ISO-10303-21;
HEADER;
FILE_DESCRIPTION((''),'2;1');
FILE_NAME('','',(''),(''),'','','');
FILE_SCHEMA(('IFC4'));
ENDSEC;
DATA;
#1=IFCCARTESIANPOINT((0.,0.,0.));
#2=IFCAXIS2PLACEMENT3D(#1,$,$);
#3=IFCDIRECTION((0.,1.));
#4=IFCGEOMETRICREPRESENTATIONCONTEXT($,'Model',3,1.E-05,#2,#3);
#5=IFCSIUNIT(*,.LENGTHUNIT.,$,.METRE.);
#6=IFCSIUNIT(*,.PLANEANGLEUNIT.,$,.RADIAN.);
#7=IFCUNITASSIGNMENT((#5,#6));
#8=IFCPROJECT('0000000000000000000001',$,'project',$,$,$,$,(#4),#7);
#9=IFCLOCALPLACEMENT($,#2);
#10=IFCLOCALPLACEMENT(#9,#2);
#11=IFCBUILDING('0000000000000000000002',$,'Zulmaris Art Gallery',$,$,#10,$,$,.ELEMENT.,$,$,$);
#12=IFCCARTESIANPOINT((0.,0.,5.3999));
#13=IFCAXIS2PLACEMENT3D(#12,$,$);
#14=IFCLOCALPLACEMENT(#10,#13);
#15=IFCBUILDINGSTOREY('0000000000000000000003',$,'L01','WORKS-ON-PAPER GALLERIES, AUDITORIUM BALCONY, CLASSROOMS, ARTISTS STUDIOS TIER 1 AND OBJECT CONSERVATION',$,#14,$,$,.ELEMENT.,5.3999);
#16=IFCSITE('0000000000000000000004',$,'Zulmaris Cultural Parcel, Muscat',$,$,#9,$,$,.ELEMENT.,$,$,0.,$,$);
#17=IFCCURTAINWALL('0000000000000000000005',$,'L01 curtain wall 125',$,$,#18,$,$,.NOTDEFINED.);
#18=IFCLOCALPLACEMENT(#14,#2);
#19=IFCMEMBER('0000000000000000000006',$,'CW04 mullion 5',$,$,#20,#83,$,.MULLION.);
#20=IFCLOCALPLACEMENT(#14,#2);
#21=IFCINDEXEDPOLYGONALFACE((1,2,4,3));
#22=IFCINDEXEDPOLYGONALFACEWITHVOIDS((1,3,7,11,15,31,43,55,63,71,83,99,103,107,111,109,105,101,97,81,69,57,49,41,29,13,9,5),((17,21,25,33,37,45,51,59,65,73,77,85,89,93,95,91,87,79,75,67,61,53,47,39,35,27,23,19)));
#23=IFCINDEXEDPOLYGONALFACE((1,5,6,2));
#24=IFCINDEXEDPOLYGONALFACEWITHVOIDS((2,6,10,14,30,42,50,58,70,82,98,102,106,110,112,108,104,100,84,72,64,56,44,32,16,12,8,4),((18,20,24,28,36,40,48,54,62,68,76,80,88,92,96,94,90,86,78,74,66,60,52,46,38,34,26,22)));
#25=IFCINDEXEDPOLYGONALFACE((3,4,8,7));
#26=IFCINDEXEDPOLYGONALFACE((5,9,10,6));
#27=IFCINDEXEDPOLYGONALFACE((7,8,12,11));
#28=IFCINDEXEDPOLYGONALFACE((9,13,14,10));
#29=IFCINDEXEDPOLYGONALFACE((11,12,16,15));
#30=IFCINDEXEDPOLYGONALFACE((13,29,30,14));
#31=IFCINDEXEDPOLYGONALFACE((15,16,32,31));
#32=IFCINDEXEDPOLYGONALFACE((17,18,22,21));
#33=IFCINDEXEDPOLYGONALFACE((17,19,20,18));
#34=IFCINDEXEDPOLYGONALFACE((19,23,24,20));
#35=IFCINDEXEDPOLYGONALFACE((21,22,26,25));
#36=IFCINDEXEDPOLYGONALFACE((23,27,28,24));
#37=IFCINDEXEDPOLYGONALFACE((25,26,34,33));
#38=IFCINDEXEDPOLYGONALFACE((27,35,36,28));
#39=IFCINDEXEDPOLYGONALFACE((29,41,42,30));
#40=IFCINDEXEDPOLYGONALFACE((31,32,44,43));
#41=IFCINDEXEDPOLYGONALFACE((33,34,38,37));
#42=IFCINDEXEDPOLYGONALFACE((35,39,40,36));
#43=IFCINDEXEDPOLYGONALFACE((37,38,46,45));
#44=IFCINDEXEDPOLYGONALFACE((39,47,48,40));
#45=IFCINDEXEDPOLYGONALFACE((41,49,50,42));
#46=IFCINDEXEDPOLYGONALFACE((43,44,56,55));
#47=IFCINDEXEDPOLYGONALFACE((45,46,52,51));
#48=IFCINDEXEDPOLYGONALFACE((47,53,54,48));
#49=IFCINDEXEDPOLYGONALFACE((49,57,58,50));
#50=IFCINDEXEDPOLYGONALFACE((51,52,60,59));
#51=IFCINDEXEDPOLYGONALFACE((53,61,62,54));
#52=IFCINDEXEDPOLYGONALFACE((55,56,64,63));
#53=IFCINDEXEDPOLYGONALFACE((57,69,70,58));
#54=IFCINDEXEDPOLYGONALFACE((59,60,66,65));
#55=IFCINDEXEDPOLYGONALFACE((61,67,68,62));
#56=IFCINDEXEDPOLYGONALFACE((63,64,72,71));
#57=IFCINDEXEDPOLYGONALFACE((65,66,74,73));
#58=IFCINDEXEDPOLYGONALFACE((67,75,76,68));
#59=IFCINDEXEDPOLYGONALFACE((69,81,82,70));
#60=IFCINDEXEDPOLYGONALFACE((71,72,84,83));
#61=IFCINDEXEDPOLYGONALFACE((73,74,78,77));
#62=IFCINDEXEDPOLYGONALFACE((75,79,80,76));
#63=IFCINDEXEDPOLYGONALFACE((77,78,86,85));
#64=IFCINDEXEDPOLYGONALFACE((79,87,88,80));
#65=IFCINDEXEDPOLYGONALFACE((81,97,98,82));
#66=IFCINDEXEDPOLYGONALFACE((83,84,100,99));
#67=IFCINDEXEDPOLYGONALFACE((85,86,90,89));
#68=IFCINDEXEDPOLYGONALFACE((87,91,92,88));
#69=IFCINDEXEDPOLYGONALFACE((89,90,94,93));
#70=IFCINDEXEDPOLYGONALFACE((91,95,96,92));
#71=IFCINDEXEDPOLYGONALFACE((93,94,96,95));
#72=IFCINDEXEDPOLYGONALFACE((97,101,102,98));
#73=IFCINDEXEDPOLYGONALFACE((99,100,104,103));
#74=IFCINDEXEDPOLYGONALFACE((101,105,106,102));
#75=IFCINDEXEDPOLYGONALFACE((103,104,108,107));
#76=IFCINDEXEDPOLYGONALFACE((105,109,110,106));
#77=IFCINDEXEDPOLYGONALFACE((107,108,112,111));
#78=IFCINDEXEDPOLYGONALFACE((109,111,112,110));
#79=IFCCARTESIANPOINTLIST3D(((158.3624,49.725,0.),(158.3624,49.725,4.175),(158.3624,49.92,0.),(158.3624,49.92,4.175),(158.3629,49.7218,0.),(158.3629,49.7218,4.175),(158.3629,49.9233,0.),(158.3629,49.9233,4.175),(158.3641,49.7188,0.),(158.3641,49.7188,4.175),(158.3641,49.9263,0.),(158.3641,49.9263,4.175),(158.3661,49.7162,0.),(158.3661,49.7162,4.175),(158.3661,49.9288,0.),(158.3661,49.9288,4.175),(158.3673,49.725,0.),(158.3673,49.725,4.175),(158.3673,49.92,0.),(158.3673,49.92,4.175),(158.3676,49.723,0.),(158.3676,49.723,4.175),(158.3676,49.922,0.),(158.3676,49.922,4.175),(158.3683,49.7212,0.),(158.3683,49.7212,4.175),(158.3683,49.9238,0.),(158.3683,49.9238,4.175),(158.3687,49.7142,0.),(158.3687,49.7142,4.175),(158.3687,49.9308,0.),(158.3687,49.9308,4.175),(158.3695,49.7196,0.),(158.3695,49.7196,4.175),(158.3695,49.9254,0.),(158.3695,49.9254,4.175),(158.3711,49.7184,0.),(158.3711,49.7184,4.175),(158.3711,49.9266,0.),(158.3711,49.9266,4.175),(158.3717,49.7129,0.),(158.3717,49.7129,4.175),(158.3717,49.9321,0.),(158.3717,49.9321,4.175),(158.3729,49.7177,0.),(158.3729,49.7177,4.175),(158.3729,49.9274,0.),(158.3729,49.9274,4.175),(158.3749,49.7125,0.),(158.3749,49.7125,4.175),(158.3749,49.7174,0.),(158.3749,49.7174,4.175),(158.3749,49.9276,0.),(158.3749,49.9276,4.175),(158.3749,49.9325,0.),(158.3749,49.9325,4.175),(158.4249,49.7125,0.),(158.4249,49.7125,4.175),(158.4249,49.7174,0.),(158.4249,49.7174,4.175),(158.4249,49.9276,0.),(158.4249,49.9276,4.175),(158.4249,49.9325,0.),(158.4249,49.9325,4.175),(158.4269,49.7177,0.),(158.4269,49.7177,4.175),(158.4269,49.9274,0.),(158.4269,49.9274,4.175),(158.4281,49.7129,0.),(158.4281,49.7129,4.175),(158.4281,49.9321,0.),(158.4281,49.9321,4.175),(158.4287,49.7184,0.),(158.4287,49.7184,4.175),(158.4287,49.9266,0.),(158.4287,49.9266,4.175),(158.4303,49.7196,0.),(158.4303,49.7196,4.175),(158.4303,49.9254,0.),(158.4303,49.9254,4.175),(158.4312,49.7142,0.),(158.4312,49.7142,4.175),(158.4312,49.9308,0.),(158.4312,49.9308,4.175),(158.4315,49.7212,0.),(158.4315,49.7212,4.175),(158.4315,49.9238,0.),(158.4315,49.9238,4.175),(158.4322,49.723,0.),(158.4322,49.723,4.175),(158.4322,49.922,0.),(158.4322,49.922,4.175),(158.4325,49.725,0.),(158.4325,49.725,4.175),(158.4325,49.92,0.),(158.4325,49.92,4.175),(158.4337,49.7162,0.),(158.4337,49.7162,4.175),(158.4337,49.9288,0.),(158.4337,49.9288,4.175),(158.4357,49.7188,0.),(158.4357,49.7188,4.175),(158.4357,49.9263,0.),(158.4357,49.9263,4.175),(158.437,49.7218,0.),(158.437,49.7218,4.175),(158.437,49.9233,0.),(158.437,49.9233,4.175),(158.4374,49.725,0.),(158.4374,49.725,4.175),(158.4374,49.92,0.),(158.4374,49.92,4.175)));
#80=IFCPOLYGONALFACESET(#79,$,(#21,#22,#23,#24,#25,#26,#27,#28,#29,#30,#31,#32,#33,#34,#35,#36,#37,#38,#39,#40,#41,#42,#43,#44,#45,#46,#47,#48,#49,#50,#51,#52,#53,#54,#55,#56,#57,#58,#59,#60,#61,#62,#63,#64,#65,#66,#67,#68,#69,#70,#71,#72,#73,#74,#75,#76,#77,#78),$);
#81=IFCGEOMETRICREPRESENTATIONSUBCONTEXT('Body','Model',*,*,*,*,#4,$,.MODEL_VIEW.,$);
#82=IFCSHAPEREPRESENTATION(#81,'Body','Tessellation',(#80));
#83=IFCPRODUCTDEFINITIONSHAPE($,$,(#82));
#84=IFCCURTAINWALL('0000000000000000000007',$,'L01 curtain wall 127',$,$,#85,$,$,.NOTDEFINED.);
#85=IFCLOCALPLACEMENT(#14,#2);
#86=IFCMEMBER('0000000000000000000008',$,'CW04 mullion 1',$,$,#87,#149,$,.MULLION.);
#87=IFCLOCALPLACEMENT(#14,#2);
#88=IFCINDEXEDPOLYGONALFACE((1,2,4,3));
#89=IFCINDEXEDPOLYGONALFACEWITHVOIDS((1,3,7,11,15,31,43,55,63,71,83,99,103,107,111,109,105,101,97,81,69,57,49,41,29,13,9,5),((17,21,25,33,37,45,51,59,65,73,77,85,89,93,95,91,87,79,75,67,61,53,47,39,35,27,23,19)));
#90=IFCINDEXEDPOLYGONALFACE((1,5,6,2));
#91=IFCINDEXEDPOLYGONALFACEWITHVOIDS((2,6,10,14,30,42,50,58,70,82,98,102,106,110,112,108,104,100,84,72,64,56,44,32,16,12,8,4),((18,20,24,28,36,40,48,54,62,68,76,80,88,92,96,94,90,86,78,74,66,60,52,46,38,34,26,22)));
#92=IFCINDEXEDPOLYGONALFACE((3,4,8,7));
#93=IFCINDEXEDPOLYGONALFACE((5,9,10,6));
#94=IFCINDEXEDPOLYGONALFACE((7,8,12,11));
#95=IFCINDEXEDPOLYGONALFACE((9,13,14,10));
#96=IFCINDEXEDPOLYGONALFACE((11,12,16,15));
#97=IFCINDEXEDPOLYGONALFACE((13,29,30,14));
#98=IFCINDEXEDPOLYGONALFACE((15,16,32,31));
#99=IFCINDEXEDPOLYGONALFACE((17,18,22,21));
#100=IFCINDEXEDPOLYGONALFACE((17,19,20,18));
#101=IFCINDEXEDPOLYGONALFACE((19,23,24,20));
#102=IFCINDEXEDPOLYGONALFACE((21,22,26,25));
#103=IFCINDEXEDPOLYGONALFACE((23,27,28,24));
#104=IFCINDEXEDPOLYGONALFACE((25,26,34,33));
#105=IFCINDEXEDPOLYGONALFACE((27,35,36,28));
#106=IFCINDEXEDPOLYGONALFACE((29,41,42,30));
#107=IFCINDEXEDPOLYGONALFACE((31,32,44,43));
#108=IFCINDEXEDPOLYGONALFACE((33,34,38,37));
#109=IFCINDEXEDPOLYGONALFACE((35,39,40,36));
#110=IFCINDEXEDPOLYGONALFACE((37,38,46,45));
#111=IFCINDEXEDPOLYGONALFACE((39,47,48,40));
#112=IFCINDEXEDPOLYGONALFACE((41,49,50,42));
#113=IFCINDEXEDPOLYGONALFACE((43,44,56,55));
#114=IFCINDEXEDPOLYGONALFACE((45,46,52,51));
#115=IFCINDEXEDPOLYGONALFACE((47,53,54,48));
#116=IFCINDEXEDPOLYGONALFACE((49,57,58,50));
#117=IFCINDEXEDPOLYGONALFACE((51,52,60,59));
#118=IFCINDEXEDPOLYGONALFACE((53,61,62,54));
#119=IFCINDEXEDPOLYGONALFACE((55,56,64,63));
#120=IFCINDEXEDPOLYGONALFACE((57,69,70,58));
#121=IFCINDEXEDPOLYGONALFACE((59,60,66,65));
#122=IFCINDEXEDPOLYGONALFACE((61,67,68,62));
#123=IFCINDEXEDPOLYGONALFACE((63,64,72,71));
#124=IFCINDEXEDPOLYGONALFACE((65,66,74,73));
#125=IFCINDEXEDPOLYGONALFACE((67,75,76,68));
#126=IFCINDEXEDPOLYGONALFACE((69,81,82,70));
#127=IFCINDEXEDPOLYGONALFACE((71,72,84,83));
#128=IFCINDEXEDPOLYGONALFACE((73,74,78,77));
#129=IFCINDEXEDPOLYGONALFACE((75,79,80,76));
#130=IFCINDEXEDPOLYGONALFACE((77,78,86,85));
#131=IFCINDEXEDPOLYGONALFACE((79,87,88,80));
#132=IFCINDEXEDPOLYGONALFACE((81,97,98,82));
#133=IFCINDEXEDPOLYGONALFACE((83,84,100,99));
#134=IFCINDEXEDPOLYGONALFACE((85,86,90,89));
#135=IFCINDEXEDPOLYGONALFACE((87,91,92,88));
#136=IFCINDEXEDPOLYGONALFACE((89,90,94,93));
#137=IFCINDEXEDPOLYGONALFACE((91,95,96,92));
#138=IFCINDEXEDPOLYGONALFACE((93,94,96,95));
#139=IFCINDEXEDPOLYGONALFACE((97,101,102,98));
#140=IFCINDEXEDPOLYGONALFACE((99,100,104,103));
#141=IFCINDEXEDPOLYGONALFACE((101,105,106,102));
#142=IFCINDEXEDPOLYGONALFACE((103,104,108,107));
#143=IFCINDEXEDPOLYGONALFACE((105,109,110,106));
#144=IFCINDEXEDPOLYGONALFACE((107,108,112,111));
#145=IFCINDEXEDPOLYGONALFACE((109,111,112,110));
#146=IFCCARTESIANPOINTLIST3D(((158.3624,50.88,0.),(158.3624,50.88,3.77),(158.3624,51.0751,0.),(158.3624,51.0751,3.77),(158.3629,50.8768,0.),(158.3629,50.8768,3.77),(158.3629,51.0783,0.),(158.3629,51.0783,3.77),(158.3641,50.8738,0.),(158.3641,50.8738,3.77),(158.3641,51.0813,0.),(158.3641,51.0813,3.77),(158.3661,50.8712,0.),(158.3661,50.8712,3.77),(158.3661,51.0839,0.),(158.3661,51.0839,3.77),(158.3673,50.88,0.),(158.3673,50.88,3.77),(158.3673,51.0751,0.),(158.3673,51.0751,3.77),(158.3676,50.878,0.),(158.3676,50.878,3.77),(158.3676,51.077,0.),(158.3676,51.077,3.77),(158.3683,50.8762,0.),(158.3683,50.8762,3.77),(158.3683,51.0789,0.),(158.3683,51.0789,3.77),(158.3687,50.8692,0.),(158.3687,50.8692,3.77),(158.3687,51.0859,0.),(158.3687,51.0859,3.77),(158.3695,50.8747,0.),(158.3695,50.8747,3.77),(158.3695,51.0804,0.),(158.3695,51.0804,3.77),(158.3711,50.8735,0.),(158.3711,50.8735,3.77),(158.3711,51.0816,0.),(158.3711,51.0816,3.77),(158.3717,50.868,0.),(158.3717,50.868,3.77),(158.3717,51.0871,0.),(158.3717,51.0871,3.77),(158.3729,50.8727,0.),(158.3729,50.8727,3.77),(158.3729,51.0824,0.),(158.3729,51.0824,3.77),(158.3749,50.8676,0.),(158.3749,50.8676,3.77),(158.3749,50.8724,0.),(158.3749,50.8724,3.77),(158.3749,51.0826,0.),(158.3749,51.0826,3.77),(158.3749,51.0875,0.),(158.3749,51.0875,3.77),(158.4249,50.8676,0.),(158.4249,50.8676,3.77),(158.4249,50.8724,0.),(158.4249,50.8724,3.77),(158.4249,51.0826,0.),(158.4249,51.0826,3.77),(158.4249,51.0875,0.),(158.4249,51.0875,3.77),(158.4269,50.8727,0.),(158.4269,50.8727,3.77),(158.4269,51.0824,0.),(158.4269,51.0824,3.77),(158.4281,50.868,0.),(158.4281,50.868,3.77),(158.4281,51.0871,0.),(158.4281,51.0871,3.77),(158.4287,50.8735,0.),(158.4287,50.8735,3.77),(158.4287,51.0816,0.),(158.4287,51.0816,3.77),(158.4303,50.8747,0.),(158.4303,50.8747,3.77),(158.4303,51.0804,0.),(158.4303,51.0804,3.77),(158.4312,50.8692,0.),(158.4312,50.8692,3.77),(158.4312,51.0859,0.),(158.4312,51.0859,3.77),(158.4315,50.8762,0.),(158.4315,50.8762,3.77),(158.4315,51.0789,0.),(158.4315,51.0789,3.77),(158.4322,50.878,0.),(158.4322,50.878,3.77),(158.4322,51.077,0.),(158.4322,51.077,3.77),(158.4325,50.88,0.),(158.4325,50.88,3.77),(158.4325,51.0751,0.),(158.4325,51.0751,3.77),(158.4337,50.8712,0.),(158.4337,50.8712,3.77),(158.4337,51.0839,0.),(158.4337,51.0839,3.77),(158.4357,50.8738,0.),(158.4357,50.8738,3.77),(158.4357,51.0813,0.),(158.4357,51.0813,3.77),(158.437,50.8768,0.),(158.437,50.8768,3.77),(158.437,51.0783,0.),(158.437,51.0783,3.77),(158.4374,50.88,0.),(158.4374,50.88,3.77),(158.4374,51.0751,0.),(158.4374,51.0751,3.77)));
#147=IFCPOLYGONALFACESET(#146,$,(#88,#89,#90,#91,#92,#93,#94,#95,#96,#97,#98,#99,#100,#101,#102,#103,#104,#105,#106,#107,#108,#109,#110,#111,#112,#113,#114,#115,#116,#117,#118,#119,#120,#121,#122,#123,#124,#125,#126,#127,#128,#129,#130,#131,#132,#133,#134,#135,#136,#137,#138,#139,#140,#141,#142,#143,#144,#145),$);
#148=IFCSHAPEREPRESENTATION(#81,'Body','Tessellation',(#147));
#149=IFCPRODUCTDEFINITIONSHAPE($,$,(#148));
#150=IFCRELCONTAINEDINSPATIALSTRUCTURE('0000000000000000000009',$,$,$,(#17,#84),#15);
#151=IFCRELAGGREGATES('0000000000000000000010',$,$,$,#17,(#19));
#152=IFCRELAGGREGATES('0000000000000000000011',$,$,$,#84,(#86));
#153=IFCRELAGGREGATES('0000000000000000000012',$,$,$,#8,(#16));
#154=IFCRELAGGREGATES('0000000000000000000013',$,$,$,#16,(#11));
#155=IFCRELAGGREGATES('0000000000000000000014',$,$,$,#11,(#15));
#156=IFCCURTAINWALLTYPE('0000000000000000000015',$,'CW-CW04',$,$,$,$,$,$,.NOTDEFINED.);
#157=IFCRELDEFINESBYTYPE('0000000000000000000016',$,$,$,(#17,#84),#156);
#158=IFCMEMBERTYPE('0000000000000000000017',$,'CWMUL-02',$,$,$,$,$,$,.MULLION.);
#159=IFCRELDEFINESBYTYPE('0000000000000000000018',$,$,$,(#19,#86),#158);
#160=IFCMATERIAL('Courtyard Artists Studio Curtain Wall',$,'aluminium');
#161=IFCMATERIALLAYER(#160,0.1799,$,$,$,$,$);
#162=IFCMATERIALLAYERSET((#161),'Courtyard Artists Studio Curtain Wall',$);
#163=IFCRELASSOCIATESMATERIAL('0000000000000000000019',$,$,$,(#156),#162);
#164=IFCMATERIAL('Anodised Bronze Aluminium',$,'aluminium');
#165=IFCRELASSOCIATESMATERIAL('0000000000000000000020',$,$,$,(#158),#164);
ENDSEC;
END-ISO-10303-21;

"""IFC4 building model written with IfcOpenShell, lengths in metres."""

from ifc_helpers import new_model, si_unit, direction, frame, origin, origin_2d, place, context, subcontext, project, spatial, hollow_rectangle, extrude, material, layer, layer_set, material_profile, profile_set, type_object, element, aggregate, save


model = new_model("IFC4")

# Units and contexts
model_context = context("Model", 3, precision=1e-05, world=origin(), true_north=direction((0.0, 1.0)))
body_context = subcontext(model_context, "Body", "Model", "MODEL_VIEW")
ifc_project = project(units=[si_unit("LENGTHUNIT", "METRE"), si_unit("PLANEANGLEUNIT", "RADIAN")], contexts=[model_context])

# Site, building, storey
site_placement = place(None, origin())
site = spatial("IfcSite", under=ifc_project, at=site_placement, Name="Zulmaris Cultural Parcel, Muscat", CompositionType="ELEMENT", RefElevation=0.0)
building_placement = place(site_placement, origin())
building = spatial("IfcBuilding", under=site, at=building_placement, Name="Zulmaris Art Gallery", CompositionType="ELEMENT")
storey_placement = place(building_placement, frame((0.0, 0.0, 5.3999)))
storey = spatial("IfcBuildingStorey", under=building, at=storey_placement, Name="L01", Description="WORKS-ON-PAPER GALLERIES, AUDITORIUM BALCONY, CLASSROOMS, ARTISTS STUDIOS TIER 1 AND OBJECT CONSERVATION", CompositionType="ELEMENT", Elevation=5.3999)

# Curtain walls, members
ifc_material_1 = material(Name="Courtyard Artists Studio Curtain Wall", Category="aluminium")
ifc_layer_1 = layer(ifc_material_1, 0.1799)
ifc_layer_set_1 = layer_set([ifc_layer_1], Name="Courtyard Artists Studio Curtain Wall")
curtain_wall_type = type_object("IfcCurtainWallType", Name="CW-CW04", PredefinedType="NOTDEFINED", material=ifc_layer_set_1)
curtain_wall_1_placement = place(storey_placement, origin())
curtain_wall_1 = element("IfcCurtainWall", 1, at=curtain_wall_1_placement, inside=storey, type_object=curtain_wall_type, Name="L01 curtain wall 125", PredefinedType="NOTDEFINED")
ifc_material_2 = material(Name="Anodised Bronze Aluminium", Category="aluminium")
ifc_material_profile_1 = material_profile(ifc_material_2, hollow_rectangle(XDim=0.075, YDim=0.22, WallThickness=0.0049, InnerFilletRadius=0.0076, OuterFilletRadius=0.0125, at=origin_2d()), Name="ALU 75x220x5")
ifc_profile_set_1 = profile_set([ifc_material_profile_1], Name="Anodised Bronze Aluminium")
member_type_1 = type_object("IfcMemberType", Name="CWMUL-02", PredefinedType="MULLION", material=ifc_profile_set_1)
member_1_placement = place(storey_placement, frame((158.3999, 49.8225, 0.0), z_axis=(0.0, 0.0, 1.0), x_axis=(-1.0, 0.0, 0.0)))
member_1 = element("IfcMember", 2, at=member_1_placement, type_object=member_type_1, Name="CW04 mullion 5", PredefinedType="MULLION", context=body_context, shape_type="SweptSolid", body=[
    extrude(hollow_rectangle(XDim=0.075, YDim=0.22, WallThickness=0.0049, InnerFilletRadius=0.0076, OuterFilletRadius=0.0125, at=origin_2d()), origin(), (0.0, 0.0, 1.0), 4.175),
])
curtain_wall_2_placement = place(storey_placement, origin())
curtain_wall_2 = element("IfcCurtainWall", 3, at=curtain_wall_2_placement, inside=storey, type_object=curtain_wall_type, Name="L01 curtain wall 127", PredefinedType="NOTDEFINED")
member_2_placement = place(storey_placement, frame((158.3999, 50.9775, 0.0), z_axis=(0.0, 0.0, 1.0), x_axis=(-1.0, 0.0, 0.0)))
member_2 = element("IfcMember", 4, at=member_2_placement, type_object=member_type_1, Name="CW04 mullion 1", PredefinedType="MULLION", context=body_context, shape_type="SweptSolid", body=[
    extrude(hollow_rectangle(XDim=0.075, YDim=0.22, WallThickness=0.0049, InnerFilletRadius=0.0076, OuterFilletRadius=0.0125, at=origin_2d()), origin(), (0.0, 0.0, 1.0), 3.77),
])

aggregate(curtain_wall_1, [member_1])
aggregate(curtain_wall_2, [member_2])

save(model, "model.ifc")
